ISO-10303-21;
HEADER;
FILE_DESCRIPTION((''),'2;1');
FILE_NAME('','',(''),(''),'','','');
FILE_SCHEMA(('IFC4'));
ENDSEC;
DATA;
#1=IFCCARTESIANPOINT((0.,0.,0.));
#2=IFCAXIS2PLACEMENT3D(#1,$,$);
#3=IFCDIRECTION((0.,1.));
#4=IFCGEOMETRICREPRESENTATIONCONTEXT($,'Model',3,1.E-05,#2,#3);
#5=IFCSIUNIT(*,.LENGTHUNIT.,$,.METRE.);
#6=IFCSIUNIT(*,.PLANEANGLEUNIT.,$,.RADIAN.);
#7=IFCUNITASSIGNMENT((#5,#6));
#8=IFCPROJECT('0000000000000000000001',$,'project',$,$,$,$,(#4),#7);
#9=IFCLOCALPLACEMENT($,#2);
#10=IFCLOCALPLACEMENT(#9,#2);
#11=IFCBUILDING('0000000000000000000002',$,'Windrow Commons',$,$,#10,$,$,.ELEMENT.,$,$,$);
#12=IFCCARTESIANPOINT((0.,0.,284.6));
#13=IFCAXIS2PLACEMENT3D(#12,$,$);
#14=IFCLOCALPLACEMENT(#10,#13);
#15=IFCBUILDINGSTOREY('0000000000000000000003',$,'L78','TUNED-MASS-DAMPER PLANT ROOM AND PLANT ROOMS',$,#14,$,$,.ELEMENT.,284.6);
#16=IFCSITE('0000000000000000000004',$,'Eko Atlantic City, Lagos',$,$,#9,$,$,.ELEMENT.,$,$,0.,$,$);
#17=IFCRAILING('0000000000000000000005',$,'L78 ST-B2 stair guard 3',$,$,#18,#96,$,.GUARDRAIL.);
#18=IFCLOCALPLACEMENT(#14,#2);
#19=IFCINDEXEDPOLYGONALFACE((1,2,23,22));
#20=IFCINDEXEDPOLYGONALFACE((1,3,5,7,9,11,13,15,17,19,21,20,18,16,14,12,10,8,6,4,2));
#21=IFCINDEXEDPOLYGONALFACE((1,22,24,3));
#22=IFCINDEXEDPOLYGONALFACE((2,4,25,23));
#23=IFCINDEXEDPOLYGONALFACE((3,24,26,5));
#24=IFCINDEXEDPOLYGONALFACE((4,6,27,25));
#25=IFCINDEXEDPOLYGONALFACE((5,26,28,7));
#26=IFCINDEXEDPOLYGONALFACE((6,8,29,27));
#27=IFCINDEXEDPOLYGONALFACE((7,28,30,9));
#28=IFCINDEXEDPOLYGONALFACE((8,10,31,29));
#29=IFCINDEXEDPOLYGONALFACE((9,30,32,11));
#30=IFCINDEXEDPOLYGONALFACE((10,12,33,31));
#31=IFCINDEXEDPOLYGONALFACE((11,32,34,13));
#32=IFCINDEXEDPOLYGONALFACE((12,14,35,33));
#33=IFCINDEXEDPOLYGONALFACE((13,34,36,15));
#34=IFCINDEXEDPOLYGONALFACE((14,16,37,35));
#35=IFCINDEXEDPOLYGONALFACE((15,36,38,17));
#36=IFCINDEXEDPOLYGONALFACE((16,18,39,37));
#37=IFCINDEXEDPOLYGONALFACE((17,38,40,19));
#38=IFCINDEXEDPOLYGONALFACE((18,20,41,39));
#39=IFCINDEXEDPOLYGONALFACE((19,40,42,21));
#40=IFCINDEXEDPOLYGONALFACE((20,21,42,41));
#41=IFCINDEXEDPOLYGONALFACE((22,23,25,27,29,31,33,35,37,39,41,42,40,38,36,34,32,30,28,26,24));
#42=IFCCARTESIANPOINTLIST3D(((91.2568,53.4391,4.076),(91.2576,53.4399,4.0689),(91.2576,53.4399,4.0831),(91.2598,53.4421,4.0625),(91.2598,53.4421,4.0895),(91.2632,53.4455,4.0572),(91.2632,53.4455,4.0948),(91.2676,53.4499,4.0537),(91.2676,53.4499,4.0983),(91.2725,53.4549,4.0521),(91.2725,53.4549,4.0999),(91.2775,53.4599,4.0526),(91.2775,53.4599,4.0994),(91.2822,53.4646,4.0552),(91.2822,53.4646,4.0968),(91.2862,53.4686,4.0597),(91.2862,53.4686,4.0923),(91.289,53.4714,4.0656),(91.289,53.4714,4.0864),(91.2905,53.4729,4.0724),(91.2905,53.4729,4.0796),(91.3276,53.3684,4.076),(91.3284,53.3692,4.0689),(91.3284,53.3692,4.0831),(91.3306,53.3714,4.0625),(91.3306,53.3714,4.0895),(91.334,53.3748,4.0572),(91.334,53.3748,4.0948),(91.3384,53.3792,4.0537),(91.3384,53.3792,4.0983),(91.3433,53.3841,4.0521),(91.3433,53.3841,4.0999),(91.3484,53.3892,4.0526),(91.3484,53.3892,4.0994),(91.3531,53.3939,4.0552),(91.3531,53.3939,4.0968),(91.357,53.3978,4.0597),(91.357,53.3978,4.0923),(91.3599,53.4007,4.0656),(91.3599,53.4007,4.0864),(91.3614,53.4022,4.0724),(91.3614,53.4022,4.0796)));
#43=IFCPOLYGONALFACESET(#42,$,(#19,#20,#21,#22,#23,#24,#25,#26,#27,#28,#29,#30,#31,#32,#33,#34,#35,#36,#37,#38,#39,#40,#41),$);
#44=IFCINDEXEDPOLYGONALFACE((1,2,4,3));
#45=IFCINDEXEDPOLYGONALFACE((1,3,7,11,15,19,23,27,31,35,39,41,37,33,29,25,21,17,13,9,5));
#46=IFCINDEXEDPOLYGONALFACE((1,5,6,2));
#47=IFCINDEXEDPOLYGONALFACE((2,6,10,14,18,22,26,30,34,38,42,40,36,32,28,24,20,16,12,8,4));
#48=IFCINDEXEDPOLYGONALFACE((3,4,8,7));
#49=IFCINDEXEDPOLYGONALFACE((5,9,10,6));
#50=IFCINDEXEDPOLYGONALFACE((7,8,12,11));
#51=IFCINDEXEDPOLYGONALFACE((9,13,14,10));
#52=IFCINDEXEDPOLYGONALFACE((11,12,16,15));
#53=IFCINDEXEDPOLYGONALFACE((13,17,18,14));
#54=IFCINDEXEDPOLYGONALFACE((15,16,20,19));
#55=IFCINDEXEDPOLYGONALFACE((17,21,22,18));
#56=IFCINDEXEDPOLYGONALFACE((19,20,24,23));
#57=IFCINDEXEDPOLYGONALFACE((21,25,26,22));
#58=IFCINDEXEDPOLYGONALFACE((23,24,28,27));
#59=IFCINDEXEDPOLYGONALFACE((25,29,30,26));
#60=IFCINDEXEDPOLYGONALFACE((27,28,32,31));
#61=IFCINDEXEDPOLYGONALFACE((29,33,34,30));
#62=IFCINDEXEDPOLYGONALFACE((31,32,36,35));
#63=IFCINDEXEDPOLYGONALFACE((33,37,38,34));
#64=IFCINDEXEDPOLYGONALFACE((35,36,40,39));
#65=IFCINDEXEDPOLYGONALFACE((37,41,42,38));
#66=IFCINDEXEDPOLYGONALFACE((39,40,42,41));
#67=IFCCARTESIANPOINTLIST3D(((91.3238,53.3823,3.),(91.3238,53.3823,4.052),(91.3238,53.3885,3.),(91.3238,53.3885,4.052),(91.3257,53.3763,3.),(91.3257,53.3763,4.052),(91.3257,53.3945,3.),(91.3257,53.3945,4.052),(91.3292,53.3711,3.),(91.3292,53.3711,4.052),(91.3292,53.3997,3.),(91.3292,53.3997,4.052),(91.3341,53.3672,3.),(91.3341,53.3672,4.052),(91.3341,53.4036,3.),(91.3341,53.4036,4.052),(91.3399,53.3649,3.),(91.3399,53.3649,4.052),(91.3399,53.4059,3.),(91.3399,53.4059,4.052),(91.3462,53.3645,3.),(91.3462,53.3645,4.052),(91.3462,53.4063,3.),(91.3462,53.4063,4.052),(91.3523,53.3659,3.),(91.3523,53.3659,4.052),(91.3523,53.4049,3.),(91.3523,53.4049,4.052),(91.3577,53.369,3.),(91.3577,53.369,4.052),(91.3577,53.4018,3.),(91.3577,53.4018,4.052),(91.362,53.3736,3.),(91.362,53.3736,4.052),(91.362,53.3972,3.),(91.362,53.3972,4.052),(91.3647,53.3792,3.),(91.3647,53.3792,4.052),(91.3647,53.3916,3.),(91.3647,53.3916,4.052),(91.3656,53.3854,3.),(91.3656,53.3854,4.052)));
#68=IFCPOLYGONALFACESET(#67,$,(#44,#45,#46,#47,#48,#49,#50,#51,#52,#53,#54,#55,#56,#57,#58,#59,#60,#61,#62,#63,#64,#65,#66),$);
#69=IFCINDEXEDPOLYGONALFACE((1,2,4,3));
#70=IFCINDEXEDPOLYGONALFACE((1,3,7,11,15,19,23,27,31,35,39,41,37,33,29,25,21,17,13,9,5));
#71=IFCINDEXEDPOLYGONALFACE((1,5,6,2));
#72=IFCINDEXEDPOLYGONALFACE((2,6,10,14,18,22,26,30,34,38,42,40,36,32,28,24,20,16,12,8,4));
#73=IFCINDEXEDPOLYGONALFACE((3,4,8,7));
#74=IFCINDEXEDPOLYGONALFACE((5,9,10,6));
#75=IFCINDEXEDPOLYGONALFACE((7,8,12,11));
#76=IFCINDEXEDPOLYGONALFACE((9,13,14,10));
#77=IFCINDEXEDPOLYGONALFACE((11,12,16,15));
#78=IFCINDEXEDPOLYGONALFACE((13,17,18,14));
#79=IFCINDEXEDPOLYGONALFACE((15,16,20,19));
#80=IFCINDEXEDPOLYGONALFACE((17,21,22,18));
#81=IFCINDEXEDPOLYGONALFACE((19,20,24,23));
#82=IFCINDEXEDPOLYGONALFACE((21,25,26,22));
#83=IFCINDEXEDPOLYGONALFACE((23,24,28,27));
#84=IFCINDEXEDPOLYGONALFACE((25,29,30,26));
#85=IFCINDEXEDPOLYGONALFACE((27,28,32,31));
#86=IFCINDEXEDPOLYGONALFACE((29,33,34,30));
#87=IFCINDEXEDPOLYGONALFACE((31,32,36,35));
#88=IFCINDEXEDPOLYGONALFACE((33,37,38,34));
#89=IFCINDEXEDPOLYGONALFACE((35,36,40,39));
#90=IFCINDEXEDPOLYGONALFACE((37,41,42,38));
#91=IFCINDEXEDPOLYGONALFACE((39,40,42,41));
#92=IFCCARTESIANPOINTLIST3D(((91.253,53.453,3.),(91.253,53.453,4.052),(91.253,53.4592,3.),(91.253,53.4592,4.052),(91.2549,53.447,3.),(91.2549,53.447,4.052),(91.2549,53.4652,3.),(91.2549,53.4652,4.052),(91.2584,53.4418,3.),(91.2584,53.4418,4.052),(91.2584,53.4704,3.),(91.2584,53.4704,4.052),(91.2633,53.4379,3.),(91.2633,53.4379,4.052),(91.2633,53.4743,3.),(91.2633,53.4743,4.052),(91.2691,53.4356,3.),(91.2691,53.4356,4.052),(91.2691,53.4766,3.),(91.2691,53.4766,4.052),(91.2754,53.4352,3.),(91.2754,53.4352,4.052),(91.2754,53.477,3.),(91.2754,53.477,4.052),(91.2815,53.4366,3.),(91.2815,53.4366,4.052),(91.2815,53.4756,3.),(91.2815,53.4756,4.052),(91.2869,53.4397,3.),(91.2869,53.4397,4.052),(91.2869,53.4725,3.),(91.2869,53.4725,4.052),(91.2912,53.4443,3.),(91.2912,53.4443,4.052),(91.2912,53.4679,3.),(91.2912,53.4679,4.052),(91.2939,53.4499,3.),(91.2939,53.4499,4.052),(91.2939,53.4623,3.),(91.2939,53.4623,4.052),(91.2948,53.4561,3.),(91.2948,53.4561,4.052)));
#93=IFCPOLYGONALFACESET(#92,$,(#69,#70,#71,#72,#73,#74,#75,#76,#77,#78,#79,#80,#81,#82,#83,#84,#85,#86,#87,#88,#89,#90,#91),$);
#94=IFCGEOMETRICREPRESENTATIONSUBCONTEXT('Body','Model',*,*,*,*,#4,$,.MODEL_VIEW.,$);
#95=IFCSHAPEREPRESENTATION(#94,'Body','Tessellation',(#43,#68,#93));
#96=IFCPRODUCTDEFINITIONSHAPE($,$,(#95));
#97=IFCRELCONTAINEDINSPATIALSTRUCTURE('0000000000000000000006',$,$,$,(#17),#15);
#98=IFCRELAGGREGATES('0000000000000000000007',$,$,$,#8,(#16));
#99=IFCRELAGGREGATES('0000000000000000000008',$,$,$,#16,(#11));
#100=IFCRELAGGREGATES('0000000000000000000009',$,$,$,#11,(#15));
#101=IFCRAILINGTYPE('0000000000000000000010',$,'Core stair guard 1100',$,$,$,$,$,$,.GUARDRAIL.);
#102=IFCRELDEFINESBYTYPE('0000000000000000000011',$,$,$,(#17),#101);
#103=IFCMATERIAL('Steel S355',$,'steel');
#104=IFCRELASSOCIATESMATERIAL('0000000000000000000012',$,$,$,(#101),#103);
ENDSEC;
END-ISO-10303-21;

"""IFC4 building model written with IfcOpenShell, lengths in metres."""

from ifc_helpers import new_model, si_unit, direction, frame, origin, origin_2d, place, context, subcontext, project, spatial, circle, extrude, material, type_object, element, save


model = new_model("IFC4")

# Units and contexts
model_context = context("Model", 3, precision=1e-05, world=origin(), true_north=direction((0.0, 1.0)))
body_context = subcontext(model_context, "Body", "Model", "MODEL_VIEW")
ifc_project = project(units=[si_unit("LENGTHUNIT", "METRE"), si_unit("PLANEANGLEUNIT", "RADIAN")], contexts=[model_context])

# Site, building, storey
site_placement = place(None, origin())
site = spatial("IfcSite", under=ifc_project, at=site_placement, Name="Eko Atlantic City, Lagos", CompositionType="ELEMENT", RefElevation=0.0)
building_placement = place(site_placement, origin())
building = spatial("IfcBuilding", under=site, at=building_placement, Name="Windrow Commons", CompositionType="ELEMENT")
storey_placement = place(building_placement, frame((0.0, 0.0, 284.6)))
storey = spatial("IfcBuildingStorey", under=building, at=storey_placement, Name="L78", Description="TUNED-MASS-DAMPER PLANT ROOM AND PLANT ROOMS", CompositionType="ELEMENT", Elevation=284.6)

# Railing
ifc_material_1 = material(Name="Steel S355", Category="steel")
railing_type_1 = type_object("IfcRailingType", Name="Core stair guard 1100", PredefinedType="GUARDRAIL", material=ifc_material_1)
railing_1_placement = place(storey_placement, frame((91.3446, 53.3854, 3.0)))
element("IfcRailing", 1, at=railing_1_placement, inside=storey, type_object=railing_type_1, Name="L78 ST-B2 stair guard 3", PredefinedType="GUARDRAIL", context=body_context, shape_type="SweptSolid", body=[
    extrude(circle(Radius=0.024, at=origin_2d()), frame((0.0, 0.0, 1.076), z_axis=(-0.707606, 0.706607, 0.0), x_axis=(-0.706607, -0.707606, 0.0)), (0.0, 0.0, 1.0), 0.1001),
    extrude(circle(Radius=0.021, at=origin_2d()), origin(), (0.0, 0.0, 1.0), 1.052),
    extrude(circle(Radius=0.021, at=origin_2d()), frame((-0.0708, 0.0707, 0.0)), (0.0, 0.0, 1.0), 1.052),
])

save(model, "model.ifc")
